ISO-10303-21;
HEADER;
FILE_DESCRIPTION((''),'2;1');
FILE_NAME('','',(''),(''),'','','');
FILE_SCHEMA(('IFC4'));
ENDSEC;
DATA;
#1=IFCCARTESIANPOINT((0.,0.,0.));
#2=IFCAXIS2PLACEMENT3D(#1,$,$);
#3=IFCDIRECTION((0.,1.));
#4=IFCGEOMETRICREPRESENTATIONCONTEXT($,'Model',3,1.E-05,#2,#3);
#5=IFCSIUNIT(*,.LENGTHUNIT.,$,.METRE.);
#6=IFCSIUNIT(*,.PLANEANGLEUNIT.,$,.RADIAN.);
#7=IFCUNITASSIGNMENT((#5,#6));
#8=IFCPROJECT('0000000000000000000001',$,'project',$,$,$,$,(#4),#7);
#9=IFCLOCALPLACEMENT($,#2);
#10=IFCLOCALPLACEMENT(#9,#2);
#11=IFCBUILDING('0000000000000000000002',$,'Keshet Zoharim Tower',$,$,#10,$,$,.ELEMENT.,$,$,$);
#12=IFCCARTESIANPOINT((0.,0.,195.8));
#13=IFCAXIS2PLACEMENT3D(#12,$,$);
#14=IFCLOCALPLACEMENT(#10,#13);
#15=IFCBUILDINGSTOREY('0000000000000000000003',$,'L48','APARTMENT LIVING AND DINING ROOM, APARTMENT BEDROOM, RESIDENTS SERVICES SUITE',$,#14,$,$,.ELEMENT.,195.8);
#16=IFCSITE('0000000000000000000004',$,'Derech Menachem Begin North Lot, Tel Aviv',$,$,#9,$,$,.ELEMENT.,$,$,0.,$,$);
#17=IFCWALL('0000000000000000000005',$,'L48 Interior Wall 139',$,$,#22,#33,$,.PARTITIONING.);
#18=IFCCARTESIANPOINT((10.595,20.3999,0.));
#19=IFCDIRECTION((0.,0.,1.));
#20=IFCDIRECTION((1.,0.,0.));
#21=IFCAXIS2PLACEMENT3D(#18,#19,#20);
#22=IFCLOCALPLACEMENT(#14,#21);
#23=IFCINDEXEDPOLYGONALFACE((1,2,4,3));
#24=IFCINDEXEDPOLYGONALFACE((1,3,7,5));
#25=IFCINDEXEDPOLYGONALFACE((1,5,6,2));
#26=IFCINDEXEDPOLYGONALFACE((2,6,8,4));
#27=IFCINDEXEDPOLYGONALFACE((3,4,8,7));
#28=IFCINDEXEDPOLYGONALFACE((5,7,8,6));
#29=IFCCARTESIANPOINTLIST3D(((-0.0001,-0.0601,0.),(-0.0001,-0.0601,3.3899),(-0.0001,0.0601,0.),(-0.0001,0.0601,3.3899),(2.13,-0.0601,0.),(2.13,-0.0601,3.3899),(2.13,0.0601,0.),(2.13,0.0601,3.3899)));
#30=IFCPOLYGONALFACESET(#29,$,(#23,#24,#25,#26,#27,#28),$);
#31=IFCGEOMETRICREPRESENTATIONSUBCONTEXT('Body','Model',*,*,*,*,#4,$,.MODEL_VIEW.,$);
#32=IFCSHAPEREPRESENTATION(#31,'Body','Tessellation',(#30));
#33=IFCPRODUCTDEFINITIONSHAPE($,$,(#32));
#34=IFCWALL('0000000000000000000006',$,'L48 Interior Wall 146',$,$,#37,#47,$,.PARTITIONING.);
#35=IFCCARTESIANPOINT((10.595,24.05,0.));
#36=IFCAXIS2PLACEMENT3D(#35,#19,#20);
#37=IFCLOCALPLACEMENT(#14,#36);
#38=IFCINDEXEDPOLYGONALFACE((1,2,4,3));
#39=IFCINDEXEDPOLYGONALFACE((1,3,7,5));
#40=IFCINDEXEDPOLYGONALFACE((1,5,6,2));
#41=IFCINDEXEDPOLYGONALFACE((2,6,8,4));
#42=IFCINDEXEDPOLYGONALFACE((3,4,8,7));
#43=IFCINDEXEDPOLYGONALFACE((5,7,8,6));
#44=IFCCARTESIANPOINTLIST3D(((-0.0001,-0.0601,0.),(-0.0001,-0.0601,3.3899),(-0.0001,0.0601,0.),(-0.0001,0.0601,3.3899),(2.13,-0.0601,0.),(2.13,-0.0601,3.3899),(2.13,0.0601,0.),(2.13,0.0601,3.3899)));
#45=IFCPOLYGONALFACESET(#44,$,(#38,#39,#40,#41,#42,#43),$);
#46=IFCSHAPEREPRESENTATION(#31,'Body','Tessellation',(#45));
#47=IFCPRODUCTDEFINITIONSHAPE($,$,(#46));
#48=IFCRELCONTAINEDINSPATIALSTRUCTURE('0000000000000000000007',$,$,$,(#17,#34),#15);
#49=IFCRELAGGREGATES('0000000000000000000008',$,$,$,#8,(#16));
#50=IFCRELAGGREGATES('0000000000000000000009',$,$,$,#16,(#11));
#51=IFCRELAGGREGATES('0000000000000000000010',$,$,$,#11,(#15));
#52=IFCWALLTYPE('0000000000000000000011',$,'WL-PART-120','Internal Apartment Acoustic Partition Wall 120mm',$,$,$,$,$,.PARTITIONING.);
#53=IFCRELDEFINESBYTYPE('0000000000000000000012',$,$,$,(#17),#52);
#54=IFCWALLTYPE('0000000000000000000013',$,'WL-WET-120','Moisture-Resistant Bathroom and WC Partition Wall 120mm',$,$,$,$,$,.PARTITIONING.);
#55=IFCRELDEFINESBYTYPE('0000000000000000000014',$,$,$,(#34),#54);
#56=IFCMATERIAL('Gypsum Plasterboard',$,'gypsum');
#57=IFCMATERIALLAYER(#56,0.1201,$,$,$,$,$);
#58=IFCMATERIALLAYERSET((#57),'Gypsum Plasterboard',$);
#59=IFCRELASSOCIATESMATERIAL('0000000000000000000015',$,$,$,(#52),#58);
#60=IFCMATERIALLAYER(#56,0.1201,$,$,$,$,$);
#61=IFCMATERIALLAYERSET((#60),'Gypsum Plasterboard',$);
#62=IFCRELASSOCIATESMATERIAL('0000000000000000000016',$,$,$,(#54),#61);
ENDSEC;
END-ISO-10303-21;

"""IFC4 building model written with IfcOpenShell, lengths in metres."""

from ifc_helpers import new_model, si_unit, direction, frame, frame_2d, origin, place, context, subcontext, project, spatial, rectangle, extrude, material, layer, layer_set, type_object, element, save


model = new_model("IFC4")

# Units and contexts
model_context = context("Model", 3, precision=1e-05, world=origin(), true_north=direction((0.0, 1.0)))
body_context = subcontext(model_context, "Body", "Model", "MODEL_VIEW")
ifc_project = project(units=[si_unit("LENGTHUNIT", "METRE"), si_unit("PLANEANGLEUNIT", "RADIAN")], contexts=[model_context])

# Site, building, storey
site_placement = place(None, origin())
site = spatial("IfcSite", under=ifc_project, at=site_placement, Name="Derech Menachem Begin North Lot, Tel Aviv", CompositionType="ELEMENT", RefElevation=0.0)
building_placement = place(site_placement, origin())
building = spatial("IfcBuilding", under=site, at=building_placement, Name="Keshet Zoharim Tower", CompositionType="ELEMENT")
storey_placement = place(building_placement, frame((0.0, 0.0, 195.8)))
storey = spatial("IfcBuildingStorey", under=building, at=storey_placement, Name="L48", Description="APARTMENT LIVING AND DINING ROOM, APARTMENT BEDROOM, RESIDENTS SERVICES SUITE", CompositionType="ELEMENT", Elevation=195.8)

# Shared definitions
ifc_material_1 = material(Name="Gypsum Plasterboard", Category="gypsum")

# Shared definitions
ifc_layer_1 = layer(ifc_material_1, 0.1201)
ifc_layer_set_1 = layer_set([ifc_layer_1], Name="Gypsum Plasterboard")
wall_type_1 = type_object("IfcWallType", Name="WL-PART-120", Description="Internal Apartment Acoustic Partition Wall 120mm", PredefinedType="PARTITIONING", material=ifc_layer_set_1)

# Wall
wall_1_placement = place(storey_placement, frame((10.595, 20.3999, 0.0), z_axis=(0.0, 0.0, 1.0), x_axis=(1.0, 0.0, 0.0)))
element("IfcWall", 1, at=wall_1_placement, inside=storey, type_object=wall_type_1, Name="L48 Interior Wall 139", PredefinedType="PARTITIONING", context=body_context, shape_type="SweptSolid", body=[
    extrude(rectangle(XDim=2.1301, YDim=0.1201, at=frame_2d((1.0649, 0.0))), origin(), (0.0, 0.0, 1.0), 3.3899),
])

# Shared definitions
ifc_layer_2 = layer(ifc_material_1, 0.1201)
ifc_layer_set_2 = layer_set([ifc_layer_2], Name="Gypsum Plasterboard")
wall_type_2 = type_object("IfcWallType", Name="WL-WET-120", Description="Moisture-Resistant Bathroom and WC Partition Wall 120mm", PredefinedType="PARTITIONING", material=ifc_layer_set_2)

# Wall
wall_2_placement = place(storey_placement, frame((10.595, 24.05, 0.0), z_axis=(0.0, 0.0, 1.0), x_axis=(1.0, 0.0, 0.0)))
element("IfcWall", 2, at=wall_2_placement, inside=storey, type_object=wall_type_2, Name="L48 Interior Wall 146", PredefinedType="PARTITIONING", context=body_context, shape_type="SweptSolid", body=[
    extrude(rectangle(XDim=2.1301, YDim=0.1201, at=frame_2d((1.0649, 0.0))), origin(), (0.0, 0.0, 1.0), 3.3899),
])

save(model, "model.ifc")
